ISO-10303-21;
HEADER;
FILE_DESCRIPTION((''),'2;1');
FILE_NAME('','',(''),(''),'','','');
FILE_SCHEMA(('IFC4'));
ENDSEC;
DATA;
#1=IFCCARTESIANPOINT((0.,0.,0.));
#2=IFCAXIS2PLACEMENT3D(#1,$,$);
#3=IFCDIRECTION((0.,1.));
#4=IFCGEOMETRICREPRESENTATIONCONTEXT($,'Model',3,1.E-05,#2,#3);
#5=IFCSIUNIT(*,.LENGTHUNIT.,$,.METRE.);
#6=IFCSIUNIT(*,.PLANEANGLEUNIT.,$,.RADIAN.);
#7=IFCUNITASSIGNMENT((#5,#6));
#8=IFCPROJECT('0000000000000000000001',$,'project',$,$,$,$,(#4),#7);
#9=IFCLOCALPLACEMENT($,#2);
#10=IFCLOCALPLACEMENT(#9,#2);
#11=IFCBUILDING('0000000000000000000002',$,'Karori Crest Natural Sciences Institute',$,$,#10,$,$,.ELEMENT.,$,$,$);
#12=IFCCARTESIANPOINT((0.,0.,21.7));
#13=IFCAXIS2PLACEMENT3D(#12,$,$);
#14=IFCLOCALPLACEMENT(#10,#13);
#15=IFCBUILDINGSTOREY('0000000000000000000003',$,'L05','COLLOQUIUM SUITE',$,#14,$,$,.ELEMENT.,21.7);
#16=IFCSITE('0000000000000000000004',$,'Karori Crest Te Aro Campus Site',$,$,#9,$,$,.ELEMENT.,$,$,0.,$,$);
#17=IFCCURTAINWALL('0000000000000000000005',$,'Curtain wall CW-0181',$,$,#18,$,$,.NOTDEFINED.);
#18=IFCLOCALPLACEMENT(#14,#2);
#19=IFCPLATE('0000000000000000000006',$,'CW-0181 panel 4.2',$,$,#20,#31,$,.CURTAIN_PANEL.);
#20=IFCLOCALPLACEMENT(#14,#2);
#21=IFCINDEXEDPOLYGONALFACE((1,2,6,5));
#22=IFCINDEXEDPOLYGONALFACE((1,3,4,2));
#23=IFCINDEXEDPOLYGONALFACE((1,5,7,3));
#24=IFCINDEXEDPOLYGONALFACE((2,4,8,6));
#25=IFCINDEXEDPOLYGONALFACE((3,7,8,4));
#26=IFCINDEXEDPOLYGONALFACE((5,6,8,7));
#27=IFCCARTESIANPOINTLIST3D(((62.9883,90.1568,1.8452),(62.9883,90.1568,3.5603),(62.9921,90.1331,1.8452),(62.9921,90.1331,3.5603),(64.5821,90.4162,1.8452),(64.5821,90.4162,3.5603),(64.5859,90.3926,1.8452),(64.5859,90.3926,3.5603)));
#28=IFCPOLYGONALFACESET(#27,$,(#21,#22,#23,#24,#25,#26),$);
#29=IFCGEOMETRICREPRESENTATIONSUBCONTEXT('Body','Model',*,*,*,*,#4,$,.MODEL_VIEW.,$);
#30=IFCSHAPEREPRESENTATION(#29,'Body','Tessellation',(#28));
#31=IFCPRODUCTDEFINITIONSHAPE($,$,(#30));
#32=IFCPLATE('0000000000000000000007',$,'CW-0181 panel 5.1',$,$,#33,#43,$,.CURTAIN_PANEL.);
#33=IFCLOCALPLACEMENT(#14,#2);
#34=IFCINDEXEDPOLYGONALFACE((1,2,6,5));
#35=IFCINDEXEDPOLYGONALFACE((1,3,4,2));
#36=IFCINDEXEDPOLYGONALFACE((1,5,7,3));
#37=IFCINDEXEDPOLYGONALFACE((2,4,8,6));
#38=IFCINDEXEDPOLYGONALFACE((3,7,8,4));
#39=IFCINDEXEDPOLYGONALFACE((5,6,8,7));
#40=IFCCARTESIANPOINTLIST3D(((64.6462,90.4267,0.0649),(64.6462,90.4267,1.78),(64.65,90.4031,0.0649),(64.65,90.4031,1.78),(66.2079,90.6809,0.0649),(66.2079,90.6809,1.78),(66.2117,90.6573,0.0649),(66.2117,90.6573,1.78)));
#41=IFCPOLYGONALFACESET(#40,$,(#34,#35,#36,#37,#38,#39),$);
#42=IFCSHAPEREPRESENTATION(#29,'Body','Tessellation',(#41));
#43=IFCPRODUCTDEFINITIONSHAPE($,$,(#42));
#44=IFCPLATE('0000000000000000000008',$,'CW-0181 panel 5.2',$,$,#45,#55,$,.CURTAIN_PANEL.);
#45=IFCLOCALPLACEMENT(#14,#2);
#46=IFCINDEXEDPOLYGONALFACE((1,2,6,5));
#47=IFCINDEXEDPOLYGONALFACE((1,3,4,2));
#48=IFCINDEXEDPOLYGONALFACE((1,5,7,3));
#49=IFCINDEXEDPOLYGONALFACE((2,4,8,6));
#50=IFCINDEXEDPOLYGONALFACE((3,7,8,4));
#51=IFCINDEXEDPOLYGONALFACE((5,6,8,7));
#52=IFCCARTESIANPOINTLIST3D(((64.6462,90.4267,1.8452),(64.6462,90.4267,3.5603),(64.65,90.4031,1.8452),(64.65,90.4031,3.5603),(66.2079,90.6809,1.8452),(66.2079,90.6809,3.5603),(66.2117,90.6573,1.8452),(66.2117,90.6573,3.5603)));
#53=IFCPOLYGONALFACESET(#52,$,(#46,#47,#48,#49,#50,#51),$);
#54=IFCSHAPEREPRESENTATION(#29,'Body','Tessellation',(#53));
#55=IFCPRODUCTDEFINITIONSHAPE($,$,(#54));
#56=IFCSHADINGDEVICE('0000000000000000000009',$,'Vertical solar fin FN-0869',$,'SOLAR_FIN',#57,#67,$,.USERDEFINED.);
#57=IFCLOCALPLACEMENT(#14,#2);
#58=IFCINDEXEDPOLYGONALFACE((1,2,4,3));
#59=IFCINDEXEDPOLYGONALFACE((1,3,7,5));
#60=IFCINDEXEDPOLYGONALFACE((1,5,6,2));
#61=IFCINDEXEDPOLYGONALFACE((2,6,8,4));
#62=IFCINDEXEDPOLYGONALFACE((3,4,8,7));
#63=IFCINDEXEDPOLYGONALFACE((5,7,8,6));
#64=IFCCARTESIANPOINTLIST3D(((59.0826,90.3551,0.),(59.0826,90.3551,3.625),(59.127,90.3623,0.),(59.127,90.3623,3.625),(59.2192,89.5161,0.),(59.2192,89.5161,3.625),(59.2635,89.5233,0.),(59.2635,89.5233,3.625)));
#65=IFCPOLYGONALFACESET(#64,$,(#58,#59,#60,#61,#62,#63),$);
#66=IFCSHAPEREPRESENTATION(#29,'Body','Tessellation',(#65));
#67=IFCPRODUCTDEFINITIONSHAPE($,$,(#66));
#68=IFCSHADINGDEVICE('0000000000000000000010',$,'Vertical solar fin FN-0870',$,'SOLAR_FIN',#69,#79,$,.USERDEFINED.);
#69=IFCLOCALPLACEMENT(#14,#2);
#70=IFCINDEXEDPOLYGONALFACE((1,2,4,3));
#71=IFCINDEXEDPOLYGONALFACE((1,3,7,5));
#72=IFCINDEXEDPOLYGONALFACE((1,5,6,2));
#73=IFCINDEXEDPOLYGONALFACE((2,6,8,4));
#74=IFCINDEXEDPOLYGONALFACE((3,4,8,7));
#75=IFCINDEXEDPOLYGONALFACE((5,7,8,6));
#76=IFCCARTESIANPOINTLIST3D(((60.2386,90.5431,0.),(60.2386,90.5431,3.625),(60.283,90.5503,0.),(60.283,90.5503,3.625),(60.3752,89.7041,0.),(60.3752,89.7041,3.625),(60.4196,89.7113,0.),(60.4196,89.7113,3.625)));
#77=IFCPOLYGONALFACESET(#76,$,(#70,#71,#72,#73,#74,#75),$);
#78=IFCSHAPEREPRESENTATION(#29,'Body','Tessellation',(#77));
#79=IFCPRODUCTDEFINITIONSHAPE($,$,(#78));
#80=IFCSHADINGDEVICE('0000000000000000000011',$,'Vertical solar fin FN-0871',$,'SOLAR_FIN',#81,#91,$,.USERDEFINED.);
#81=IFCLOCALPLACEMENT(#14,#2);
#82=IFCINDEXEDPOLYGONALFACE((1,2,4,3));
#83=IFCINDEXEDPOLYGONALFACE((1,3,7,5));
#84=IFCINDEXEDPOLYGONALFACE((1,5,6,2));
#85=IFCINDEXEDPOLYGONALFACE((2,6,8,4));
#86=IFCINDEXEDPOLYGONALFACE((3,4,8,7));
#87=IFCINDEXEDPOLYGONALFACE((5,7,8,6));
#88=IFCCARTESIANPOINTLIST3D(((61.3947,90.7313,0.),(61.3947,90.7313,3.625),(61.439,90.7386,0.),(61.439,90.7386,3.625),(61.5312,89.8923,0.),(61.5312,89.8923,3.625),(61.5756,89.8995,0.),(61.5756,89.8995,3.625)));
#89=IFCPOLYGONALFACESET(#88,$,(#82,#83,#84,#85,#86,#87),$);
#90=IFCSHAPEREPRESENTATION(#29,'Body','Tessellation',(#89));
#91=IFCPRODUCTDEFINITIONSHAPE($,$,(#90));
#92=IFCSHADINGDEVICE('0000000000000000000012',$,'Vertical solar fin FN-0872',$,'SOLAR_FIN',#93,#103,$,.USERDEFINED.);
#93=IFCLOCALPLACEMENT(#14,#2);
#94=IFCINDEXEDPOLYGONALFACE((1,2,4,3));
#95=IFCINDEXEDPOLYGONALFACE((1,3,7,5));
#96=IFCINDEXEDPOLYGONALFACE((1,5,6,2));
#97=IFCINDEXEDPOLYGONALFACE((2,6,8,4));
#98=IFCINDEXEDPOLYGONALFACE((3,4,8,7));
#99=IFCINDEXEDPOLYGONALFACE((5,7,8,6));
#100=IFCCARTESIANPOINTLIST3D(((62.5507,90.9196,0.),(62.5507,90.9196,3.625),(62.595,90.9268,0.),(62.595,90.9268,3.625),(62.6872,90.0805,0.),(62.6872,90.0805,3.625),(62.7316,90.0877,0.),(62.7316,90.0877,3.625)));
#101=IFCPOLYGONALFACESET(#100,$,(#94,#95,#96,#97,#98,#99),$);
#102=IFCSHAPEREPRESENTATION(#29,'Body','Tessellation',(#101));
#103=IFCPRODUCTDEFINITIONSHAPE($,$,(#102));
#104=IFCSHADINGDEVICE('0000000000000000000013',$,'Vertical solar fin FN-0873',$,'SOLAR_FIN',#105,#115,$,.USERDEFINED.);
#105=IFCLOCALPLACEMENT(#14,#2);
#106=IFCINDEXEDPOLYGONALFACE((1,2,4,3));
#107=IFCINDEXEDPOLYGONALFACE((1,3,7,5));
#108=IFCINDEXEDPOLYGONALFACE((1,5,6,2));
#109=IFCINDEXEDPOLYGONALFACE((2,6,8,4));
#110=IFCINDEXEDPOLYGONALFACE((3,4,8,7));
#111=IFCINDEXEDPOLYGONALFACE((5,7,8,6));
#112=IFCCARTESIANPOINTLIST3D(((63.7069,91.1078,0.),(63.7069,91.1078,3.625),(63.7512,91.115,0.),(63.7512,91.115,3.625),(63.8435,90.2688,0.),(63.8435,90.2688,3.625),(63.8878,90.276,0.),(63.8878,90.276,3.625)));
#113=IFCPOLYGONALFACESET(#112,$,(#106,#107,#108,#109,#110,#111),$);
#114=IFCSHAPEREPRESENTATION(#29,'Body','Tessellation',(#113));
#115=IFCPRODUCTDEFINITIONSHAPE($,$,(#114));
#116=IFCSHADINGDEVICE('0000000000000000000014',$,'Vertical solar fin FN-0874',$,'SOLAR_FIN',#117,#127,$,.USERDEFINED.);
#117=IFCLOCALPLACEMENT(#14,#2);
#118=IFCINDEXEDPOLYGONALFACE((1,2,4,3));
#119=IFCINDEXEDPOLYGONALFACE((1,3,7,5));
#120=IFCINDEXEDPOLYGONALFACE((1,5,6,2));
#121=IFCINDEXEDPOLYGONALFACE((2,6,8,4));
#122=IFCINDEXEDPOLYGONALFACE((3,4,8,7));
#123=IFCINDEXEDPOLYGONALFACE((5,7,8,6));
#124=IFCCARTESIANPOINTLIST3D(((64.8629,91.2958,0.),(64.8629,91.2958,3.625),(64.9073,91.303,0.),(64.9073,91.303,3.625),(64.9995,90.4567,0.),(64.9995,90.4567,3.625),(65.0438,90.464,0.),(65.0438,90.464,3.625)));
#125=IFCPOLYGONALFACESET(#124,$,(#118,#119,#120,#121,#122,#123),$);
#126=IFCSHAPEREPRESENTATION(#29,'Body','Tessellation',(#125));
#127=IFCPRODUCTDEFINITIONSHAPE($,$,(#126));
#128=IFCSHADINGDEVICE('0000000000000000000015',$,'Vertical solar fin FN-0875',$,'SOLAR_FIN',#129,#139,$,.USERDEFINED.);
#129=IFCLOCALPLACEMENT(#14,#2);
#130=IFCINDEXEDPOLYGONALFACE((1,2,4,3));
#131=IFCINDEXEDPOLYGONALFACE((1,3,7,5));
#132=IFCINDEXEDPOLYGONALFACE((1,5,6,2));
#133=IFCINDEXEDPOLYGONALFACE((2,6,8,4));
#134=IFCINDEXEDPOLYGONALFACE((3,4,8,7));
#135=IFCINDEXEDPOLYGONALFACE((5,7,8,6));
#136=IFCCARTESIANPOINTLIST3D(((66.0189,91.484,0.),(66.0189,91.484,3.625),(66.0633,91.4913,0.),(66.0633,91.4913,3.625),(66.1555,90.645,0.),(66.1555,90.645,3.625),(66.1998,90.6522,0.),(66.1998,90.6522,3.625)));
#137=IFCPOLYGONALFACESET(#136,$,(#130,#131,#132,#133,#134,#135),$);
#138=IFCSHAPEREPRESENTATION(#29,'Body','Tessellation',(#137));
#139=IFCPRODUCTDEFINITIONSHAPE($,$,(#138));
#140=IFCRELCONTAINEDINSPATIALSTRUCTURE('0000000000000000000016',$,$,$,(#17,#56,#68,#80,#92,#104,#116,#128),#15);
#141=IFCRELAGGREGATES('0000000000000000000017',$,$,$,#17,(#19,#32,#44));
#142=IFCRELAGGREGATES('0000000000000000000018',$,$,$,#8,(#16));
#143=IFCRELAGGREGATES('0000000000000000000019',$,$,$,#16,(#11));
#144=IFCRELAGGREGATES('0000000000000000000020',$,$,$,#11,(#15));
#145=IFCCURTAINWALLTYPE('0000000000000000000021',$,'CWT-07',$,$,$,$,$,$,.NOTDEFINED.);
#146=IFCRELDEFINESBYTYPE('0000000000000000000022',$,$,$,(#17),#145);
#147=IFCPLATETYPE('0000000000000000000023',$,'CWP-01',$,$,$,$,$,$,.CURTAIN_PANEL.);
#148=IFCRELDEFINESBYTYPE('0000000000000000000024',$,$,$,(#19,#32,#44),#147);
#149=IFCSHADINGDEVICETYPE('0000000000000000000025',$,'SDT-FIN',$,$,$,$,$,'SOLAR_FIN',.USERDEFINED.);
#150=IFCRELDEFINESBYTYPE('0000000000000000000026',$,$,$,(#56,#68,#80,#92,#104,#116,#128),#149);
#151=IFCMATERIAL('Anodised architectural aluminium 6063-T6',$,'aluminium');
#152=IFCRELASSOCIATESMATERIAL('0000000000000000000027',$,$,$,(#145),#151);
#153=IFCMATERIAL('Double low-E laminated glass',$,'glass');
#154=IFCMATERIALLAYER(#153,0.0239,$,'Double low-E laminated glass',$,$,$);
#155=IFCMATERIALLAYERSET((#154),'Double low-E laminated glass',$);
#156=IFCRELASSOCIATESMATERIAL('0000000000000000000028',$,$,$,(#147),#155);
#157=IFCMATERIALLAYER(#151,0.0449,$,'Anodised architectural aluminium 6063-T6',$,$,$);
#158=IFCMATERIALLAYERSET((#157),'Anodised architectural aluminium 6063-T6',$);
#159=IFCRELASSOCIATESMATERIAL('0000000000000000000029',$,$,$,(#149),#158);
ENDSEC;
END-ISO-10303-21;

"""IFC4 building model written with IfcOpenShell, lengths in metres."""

from ifc_helpers import new_model, si_unit, direction, frame, origin, origin_2d, place, context, subcontext, project, spatial, rectangle, extrude, material, layer, layer_set, type_object, element, aggregate, save


model = new_model("IFC4")

# Units and contexts
model_context = context("Model", 3, precision=1e-05, world=origin(), true_north=direction((0.0, 1.0)))
body_context = subcontext(model_context, "Body", "Model", "MODEL_VIEW")
ifc_project = project(units=[si_unit("LENGTHUNIT", "METRE"), si_unit("PLANEANGLEUNIT", "RADIAN")], contexts=[model_context])

# Site, building, storey
site_placement = place(None, origin())
site = spatial("IfcSite", under=ifc_project, at=site_placement, Name="Karori Crest Te Aro Campus Site", CompositionType="ELEMENT", RefElevation=0.0)
building_placement = place(site_placement, origin())
building = spatial("IfcBuilding", under=site, at=building_placement, Name="Karori Crest Natural Sciences Institute", CompositionType="ELEMENT")
storey_placement = place(building_placement, frame((0.0, 0.0, 21.7)))
storey = spatial("IfcBuildingStorey", under=building, at=storey_placement, Name="L05", Description="COLLOQUIUM SUITE", CompositionType="ELEMENT", Elevation=21.7)

# Curtain wall, plates
ifc_material_1 = material(Name="Anodised architectural aluminium 6063-T6", Category="aluminium")
curtain_wall_type = type_object("IfcCurtainWallType", Name="CWT-07", PredefinedType="NOTDEFINED", material=ifc_material_1)
curtain_wall_placement = place(storey_placement, origin())
curtain_wall = element("IfcCurtainWall", 1, at=curtain_wall_placement, inside=storey, type_object=curtain_wall_type, Name="Curtain wall CW-0181", PredefinedType="NOTDEFINED")
ifc_material_2 = material(Name="Double low-E laminated glass", Category="glass")
ifc_layer_1 = layer(ifc_material_2, 0.0239, Name="Double low-E laminated glass")
ifc_layer_set_1 = layer_set([ifc_layer_1], Name="Double low-E laminated glass")
plate_type = type_object("IfcPlateType", Name="CWP-01", PredefinedType="CURTAIN_PANEL", material=ifc_layer_set_1)
plate_1_placement = place(storey_placement, frame((63.7871, 90.2747, 1.8452), z_axis=(0.0, 0.0, 1.0), x_axis=(0.987011, 0.16065, 0.0)))
plate_1 = element("IfcPlate", 2, at=plate_1_placement, type_object=plate_type, Name="CW-0181 panel 4.2", PredefinedType="CURTAIN_PANEL", context=body_context, shape_type="SweptSolid", body=[
    extrude(rectangle(XDim=1.6147, YDim=0.0239, at=origin_2d()), origin(), (0.0, 0.0, 1.0), 1.7151),
])
plate_2_placement = place(storey_placement, frame((65.429, 90.542, 0.0649), z_axis=(0.0, 0.0, 1.0), x_axis=(0.987011, 0.16065, 0.0)))
plate_2 = element("IfcPlate", 3, at=plate_2_placement, type_object=plate_type, Name="CW-0181 panel 5.1", PredefinedType="CURTAIN_PANEL", context=body_context, shape_type="SweptSolid", body=[
    extrude(rectangle(XDim=1.5823, YDim=0.0239, at=origin_2d()), origin(), (0.0, 0.0, 1.0), 1.7151),
])
plate_3_placement = place(storey_placement, frame((65.429, 90.542, 1.8452), z_axis=(0.0, 0.0, 1.0), x_axis=(0.987011, 0.16065, 0.0)))
plate_3 = element("IfcPlate", 4, at=plate_3_placement, type_object=plate_type, Name="CW-0181 panel 5.2", PredefinedType="CURTAIN_PANEL", context=body_context, shape_type="SweptSolid", body=[
    extrude(rectangle(XDim=1.5823, YDim=0.0239, at=origin_2d()), origin(), (0.0, 0.0, 1.0), 1.7151),
])
aggregate(curtain_wall, [plate_1, plate_2, plate_3])

# Shading devices
ifc_layer_2 = layer(ifc_material_1, 0.0449, Name="Anodised architectural aluminium 6063-T6")
ifc_layer_set_2 = layer_set([ifc_layer_2], Name="Anodised architectural aluminium 6063-T6")
shading_device_type = type_object("IfcShadingDeviceType", Name="SDT-FIN", ElementType="SOLAR_FIN", PredefinedType="USERDEFINED", material=ifc_layer_set_2)
for number, where, z_axis, x_axis, name in (
    (5, (59.1731, 89.9392, 0.0), (0.0, 0.0, 1.0), (-0.16065, 0.987012, 0.0), "Vertical solar fin FN-0869"),
    (6, (60.3291, 90.1272, 0.0), (0.0, 0.0, 1.0), (-0.16065, 0.987012, 0.0), "Vertical solar fin FN-0870"),
    (7, (61.4851, 90.3154, 0.0), (0.0, 0.0, 1.0), (-0.16065, 0.987012, 0.0), "Vertical solar fin FN-0871"),
    (8, (62.6411, 90.5037, 0.0), (0.0, 0.0, 1.0), (-0.16065, 0.987012, 0.0), "Vertical solar fin FN-0872"),
    (9, (63.7974, 90.6919, 0.0), (0.0, 0.0, 1.0), (-0.16065, 0.987012, 0.0), "Vertical solar fin FN-0873"),
    (10, (64.9534, 90.8799, 0.0), (0.0, 0.0, 1.0), (-0.16065, 0.987012, 0.0), "Vertical solar fin FN-0874"),
    (11, (66.1094, 91.0681, 0.0), (0.0, 0.0, 1.0), (-0.16065, 0.987012, 0.0), "Vertical solar fin FN-0875"),
):
    element("IfcShadingDevice", number, at=place(storey_placement, frame(where, z_axis=z_axis, x_axis=x_axis)), inside=storey, type_object=shading_device_type, Name=name, ObjectType="SOLAR_FIN", PredefinedType="USERDEFINED", context=body_context, shape_type="SweptSolid", body=[
        extrude(rectangle(XDim=0.8501, YDim=0.0449, at=origin_2d()), origin(), (0.0, 0.0, 1.0), 3.625),
    ])

save(model, "model.ifc")
